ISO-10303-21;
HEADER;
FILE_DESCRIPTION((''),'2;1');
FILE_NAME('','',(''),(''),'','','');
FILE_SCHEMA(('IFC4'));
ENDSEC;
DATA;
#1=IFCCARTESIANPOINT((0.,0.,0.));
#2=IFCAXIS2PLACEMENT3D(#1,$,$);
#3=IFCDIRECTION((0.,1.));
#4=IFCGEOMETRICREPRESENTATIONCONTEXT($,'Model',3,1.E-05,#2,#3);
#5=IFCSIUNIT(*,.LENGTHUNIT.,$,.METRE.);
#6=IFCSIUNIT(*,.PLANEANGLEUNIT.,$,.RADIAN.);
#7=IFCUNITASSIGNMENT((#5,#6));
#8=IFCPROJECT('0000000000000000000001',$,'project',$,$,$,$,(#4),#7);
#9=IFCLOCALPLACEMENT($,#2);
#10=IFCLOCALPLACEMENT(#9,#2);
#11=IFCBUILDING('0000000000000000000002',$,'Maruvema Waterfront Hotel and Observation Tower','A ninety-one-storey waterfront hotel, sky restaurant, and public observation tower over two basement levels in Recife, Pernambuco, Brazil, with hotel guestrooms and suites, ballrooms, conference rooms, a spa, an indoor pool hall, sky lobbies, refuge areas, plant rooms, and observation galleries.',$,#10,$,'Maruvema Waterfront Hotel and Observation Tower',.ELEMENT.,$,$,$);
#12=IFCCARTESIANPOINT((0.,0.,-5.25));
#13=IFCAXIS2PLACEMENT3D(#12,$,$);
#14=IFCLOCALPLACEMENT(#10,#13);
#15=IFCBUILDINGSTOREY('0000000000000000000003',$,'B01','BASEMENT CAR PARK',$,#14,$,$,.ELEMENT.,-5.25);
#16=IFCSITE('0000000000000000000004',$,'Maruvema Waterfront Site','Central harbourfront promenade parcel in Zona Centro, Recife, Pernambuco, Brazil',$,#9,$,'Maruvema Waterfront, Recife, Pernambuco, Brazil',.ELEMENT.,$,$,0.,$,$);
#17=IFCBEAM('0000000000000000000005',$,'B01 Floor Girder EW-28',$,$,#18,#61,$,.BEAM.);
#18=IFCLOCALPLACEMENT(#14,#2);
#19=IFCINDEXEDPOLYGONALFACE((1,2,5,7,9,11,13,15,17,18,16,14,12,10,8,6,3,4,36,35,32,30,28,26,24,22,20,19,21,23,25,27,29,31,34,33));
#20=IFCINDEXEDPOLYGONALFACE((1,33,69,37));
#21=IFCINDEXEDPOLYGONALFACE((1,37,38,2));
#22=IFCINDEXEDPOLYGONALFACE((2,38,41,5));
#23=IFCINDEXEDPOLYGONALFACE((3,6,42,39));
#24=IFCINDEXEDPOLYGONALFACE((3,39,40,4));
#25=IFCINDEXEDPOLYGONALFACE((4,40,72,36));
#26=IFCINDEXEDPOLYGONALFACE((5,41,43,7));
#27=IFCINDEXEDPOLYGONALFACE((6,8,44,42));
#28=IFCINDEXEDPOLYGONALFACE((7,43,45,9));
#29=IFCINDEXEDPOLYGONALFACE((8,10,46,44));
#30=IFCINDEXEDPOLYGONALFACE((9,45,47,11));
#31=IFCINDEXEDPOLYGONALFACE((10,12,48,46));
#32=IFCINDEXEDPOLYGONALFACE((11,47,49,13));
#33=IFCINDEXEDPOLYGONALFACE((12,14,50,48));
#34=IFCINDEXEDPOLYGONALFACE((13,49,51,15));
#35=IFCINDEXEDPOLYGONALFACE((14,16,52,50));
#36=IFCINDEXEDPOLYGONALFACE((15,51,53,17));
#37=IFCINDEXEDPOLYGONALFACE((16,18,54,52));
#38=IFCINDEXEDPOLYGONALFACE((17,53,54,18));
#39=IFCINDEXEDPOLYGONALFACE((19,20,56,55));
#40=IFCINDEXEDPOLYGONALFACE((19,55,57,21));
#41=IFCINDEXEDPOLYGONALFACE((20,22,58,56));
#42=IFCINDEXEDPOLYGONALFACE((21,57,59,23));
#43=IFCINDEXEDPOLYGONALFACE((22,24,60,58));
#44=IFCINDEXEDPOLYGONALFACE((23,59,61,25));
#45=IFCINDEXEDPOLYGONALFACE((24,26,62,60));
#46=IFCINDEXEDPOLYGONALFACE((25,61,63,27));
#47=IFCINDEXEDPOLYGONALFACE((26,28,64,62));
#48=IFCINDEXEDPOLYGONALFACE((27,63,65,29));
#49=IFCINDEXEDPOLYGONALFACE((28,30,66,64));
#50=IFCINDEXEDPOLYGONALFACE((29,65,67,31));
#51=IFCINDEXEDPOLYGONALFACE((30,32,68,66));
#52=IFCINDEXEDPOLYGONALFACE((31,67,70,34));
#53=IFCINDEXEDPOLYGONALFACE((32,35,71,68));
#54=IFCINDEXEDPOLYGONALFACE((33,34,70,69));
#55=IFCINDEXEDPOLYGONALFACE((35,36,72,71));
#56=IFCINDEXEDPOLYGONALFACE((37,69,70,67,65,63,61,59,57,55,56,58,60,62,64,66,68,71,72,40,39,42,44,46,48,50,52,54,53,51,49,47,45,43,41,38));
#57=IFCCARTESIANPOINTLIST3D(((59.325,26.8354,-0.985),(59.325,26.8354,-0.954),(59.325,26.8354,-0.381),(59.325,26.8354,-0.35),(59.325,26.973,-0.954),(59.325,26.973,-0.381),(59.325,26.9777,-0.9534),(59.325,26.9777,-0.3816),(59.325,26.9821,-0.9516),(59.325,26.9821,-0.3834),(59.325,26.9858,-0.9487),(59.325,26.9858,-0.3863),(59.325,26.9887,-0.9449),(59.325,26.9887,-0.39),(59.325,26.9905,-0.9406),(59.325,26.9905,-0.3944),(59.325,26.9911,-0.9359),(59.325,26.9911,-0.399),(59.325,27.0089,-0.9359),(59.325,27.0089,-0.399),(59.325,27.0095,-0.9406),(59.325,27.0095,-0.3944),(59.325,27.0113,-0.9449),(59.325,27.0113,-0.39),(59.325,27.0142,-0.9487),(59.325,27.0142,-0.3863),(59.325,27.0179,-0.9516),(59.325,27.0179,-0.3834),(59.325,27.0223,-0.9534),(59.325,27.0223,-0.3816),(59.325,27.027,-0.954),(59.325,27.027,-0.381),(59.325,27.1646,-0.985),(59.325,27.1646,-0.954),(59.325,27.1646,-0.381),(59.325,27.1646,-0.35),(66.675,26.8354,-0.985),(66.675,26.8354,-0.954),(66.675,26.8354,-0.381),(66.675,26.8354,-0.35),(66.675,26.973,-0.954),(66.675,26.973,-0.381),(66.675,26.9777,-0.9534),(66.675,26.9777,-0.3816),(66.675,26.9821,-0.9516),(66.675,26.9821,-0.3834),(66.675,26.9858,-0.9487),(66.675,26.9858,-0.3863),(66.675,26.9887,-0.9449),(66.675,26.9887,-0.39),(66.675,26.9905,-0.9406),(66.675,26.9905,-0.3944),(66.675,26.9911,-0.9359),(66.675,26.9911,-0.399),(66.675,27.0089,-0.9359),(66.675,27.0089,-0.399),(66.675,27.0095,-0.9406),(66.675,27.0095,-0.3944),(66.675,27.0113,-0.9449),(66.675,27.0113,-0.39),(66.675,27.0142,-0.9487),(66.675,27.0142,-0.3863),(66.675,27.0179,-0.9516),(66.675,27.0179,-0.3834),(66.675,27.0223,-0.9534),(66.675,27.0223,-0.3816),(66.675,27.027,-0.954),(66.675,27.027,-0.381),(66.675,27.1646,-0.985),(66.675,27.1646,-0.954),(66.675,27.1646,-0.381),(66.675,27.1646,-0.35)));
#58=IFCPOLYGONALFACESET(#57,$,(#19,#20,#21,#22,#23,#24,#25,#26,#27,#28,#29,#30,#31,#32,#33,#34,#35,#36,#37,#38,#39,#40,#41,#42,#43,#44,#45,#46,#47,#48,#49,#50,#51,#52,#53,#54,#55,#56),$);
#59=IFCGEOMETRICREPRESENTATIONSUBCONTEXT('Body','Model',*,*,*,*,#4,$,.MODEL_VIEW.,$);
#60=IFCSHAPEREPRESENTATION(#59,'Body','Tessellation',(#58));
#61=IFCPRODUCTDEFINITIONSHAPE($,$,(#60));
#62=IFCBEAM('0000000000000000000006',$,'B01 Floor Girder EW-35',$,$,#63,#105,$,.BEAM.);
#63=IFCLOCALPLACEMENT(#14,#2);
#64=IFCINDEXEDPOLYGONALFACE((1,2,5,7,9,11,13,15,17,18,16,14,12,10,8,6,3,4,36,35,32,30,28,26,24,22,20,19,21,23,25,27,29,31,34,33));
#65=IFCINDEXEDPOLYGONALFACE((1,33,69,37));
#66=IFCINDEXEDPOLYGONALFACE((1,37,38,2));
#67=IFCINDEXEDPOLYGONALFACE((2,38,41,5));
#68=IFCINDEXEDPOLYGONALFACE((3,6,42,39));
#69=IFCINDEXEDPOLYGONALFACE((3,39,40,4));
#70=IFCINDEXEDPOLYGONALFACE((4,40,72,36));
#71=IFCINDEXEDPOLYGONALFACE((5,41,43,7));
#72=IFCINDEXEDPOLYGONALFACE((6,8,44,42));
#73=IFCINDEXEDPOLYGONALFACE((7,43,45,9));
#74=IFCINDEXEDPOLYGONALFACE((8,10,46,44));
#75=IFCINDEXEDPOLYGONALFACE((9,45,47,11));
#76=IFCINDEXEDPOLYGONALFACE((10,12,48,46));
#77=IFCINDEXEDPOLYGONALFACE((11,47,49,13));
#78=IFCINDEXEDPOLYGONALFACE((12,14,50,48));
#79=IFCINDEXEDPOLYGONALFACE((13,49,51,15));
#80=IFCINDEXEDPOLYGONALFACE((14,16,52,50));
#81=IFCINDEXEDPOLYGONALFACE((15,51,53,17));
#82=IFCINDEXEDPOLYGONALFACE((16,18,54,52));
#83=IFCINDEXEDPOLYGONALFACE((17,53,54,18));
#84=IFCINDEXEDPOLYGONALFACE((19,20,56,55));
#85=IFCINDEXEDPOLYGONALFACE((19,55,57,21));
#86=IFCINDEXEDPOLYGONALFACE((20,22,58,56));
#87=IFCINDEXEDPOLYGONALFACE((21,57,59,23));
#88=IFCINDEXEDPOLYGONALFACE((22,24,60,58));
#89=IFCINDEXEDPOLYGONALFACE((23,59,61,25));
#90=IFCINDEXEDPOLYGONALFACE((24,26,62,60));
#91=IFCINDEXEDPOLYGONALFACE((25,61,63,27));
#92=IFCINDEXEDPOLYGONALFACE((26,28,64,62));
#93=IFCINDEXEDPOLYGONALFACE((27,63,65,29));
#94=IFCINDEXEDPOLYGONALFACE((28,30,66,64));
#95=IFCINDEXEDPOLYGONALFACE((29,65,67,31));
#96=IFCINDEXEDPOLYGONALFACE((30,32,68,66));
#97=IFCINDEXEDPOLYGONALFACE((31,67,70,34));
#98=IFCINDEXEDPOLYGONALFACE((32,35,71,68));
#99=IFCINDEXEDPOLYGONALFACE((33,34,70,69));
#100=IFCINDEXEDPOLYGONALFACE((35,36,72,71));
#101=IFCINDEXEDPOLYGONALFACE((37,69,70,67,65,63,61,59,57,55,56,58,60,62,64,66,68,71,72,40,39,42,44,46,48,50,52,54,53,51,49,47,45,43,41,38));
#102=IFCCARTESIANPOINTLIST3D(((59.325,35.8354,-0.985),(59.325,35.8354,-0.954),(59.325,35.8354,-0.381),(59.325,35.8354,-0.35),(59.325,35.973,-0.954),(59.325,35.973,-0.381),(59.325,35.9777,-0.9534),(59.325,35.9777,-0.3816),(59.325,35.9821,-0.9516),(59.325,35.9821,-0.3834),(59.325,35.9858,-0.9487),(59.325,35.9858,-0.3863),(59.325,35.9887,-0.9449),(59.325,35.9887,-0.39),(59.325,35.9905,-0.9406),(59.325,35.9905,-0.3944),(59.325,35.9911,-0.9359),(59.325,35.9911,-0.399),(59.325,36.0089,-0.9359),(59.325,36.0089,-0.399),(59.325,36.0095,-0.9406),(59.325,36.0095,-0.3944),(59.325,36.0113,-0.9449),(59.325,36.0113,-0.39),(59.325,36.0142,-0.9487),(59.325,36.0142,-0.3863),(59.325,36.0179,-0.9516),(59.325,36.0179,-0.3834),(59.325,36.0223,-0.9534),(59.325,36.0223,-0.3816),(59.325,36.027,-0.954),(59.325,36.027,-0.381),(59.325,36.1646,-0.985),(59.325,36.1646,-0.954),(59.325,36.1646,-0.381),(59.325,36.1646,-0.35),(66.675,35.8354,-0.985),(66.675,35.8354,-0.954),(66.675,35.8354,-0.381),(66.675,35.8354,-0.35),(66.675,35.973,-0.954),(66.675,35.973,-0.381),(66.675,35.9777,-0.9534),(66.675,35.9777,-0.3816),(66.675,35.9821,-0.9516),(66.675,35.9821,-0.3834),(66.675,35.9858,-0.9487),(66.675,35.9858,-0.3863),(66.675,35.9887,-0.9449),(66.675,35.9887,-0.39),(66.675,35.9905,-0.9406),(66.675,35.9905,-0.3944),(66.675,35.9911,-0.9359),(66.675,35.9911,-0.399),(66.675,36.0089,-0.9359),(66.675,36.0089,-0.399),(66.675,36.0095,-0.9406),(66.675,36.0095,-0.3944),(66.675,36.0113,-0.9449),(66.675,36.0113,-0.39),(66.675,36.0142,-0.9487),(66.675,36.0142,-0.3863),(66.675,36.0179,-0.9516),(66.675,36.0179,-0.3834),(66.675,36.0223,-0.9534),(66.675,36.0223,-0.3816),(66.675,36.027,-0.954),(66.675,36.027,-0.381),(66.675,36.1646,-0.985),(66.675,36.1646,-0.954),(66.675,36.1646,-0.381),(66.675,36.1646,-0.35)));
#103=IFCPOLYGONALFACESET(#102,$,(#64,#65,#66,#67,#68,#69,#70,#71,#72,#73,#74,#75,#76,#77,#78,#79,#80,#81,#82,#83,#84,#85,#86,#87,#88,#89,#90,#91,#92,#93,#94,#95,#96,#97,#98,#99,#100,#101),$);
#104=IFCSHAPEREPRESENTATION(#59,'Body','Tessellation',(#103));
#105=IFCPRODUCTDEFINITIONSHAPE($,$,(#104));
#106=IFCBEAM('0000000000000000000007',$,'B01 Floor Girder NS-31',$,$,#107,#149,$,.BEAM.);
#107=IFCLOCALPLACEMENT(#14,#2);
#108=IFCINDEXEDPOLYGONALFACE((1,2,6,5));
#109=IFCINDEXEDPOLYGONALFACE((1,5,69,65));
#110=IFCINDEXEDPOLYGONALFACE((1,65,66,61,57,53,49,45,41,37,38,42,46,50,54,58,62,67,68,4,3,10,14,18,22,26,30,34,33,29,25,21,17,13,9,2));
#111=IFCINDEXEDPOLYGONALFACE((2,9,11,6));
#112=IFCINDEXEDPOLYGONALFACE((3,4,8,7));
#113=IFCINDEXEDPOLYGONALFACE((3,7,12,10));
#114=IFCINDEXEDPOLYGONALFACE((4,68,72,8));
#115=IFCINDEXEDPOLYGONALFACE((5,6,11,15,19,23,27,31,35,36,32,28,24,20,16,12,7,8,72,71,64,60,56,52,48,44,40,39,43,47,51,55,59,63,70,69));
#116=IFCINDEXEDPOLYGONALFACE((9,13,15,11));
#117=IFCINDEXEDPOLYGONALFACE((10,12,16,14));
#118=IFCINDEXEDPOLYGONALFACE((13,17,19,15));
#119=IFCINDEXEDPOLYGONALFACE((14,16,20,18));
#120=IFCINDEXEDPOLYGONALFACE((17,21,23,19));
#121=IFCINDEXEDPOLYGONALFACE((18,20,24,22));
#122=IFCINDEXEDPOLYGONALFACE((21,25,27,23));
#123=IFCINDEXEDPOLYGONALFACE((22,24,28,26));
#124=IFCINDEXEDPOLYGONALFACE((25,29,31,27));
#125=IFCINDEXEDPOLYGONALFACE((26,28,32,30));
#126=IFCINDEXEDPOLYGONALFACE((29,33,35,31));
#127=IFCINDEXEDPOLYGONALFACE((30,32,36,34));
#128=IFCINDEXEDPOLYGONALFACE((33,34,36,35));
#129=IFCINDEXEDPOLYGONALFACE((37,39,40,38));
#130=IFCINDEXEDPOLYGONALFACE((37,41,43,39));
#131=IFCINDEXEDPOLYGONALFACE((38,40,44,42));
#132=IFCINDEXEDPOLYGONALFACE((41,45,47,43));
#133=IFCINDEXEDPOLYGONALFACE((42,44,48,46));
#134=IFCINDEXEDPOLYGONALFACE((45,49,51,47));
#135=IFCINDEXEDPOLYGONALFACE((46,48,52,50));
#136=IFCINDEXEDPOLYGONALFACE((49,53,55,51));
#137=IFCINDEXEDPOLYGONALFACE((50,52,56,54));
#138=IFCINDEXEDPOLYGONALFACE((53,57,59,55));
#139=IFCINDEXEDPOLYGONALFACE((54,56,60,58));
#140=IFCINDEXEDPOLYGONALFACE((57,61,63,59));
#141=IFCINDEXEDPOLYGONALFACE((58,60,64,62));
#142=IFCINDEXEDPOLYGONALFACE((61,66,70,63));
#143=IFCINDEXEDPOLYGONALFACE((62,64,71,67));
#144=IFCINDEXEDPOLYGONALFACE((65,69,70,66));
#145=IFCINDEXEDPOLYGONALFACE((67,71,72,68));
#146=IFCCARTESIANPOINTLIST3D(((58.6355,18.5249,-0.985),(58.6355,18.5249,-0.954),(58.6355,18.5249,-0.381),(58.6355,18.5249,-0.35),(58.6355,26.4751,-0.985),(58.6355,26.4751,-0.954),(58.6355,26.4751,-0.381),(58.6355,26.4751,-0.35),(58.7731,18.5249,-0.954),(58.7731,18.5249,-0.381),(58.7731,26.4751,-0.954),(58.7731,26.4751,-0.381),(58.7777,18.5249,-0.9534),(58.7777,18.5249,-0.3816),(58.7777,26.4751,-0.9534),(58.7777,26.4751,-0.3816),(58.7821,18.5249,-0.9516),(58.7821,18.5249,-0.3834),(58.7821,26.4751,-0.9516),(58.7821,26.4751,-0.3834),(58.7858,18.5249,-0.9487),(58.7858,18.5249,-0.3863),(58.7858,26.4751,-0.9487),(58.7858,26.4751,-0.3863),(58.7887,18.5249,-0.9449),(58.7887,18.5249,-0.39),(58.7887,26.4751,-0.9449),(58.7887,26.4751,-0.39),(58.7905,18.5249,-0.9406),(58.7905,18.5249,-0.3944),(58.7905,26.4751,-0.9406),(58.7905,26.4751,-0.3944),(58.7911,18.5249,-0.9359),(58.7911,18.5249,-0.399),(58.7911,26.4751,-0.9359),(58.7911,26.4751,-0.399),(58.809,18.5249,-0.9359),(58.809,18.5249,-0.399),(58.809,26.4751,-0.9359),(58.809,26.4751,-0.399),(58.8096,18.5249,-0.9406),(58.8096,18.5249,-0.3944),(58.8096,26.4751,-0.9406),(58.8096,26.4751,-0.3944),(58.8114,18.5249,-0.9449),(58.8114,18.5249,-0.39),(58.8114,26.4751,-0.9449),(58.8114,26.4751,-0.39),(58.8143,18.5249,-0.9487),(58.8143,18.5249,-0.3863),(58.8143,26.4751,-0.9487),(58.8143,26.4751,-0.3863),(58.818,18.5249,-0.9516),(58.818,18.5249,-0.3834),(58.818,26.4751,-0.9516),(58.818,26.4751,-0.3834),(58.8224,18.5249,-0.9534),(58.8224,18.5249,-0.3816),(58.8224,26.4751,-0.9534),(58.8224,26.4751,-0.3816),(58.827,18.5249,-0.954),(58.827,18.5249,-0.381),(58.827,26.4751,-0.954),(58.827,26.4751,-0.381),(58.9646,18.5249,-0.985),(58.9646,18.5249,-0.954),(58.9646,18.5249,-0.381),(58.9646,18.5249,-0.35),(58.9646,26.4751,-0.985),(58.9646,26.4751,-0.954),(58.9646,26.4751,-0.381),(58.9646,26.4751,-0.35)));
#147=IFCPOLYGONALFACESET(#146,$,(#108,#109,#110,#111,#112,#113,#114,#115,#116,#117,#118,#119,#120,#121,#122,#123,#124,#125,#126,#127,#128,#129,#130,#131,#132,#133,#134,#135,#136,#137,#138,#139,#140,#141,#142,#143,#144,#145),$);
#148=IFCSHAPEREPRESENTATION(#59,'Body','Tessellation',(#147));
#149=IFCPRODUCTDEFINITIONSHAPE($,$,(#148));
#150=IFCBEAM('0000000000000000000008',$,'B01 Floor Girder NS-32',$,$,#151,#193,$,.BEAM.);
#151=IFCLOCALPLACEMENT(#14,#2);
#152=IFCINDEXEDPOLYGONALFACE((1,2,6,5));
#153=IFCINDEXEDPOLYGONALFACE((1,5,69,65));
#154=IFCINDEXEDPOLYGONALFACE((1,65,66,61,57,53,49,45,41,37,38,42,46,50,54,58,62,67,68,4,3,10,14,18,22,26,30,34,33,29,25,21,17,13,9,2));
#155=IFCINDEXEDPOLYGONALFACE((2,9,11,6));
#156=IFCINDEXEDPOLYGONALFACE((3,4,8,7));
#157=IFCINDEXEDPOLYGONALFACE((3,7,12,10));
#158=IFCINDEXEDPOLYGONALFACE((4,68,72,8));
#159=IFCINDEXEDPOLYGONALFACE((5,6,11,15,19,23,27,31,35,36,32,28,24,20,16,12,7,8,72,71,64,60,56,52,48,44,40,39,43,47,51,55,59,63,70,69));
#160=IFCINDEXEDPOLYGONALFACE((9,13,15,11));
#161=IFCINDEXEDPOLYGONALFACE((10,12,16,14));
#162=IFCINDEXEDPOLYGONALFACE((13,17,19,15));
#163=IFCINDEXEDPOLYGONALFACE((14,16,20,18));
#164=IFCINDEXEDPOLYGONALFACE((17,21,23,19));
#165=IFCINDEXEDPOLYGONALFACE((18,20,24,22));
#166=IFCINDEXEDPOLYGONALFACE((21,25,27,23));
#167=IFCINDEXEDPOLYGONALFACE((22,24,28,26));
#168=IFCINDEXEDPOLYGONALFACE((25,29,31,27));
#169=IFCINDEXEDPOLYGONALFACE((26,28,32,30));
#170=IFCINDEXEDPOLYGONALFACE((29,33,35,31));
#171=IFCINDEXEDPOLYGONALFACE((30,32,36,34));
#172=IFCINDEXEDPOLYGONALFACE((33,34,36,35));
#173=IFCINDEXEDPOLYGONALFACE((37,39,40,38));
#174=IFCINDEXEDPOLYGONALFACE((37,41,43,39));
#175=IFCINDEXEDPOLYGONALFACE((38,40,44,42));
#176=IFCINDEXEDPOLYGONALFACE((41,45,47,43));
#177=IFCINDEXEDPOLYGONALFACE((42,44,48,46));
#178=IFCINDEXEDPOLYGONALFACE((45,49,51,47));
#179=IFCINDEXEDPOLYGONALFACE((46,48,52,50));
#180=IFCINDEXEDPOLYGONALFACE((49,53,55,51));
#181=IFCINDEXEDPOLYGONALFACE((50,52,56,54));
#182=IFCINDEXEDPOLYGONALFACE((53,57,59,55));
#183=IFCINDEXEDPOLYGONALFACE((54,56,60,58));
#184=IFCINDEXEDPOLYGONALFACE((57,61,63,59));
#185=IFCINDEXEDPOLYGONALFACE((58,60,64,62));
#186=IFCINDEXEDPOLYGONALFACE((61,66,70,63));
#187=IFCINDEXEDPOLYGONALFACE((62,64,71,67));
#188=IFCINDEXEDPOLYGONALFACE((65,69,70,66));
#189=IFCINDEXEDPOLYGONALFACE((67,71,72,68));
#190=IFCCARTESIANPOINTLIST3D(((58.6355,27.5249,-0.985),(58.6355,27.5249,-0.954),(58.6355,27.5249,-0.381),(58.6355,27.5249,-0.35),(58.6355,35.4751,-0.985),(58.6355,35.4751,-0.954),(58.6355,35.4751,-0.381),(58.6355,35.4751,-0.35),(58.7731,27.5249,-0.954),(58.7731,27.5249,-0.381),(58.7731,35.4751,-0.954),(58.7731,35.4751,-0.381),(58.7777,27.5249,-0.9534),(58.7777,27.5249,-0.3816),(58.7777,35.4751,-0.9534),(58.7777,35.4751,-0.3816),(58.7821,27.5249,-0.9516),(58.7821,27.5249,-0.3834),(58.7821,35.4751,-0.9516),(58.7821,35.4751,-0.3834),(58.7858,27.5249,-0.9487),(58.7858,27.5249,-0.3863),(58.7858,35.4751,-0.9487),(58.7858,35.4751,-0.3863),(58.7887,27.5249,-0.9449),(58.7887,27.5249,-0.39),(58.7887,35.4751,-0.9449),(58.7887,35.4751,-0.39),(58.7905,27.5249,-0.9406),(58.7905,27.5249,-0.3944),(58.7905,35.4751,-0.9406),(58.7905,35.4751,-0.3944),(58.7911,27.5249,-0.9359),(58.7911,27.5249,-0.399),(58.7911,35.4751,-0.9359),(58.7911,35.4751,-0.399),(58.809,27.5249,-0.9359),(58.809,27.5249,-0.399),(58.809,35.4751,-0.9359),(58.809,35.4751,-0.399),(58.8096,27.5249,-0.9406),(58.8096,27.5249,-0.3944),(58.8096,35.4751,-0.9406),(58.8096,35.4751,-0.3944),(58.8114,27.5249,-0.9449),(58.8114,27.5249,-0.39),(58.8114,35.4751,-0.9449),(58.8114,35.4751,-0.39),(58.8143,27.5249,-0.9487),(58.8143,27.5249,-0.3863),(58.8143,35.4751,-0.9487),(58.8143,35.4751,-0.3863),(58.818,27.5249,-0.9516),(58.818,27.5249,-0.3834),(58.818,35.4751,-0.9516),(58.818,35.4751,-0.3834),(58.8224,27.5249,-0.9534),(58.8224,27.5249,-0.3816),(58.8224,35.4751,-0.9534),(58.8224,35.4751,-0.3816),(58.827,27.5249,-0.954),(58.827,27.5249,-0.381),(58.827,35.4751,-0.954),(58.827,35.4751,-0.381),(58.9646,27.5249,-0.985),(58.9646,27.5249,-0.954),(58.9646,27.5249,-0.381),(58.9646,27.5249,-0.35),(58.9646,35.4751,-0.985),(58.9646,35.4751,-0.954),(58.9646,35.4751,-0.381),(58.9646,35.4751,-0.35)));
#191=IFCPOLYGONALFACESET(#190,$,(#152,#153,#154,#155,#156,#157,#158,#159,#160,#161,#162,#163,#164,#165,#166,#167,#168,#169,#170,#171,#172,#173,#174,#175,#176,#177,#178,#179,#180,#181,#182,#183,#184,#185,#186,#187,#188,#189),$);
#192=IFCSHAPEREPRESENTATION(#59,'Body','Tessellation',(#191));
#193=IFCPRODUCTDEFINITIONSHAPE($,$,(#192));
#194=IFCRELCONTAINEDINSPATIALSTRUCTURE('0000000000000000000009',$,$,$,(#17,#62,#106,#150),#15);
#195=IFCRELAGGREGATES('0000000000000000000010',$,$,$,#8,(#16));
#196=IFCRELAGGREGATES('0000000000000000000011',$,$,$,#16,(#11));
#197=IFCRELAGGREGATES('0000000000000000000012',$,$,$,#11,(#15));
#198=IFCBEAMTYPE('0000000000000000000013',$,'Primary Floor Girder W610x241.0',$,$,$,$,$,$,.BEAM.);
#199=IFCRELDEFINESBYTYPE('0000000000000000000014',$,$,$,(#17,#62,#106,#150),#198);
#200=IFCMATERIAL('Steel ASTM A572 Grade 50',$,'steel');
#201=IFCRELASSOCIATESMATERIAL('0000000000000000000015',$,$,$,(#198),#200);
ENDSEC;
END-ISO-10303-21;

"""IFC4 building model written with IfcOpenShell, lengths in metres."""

from ifc_helpers import new_model, si_unit, direction, frame, origin, origin_2d, place, context, subcontext, project, spatial, i_section, extrude, material, material_profile, profile_set, type_object, element, save


model = new_model("IFC4")

# Units and contexts
model_context = context("Model", 3, precision=1e-05, world=origin(), true_north=direction((0.0, 1.0)))
body_context = subcontext(model_context, "Body", "Model", "MODEL_VIEW")
ifc_project = project(units=[si_unit("LENGTHUNIT", "METRE"), si_unit("PLANEANGLEUNIT", "RADIAN")], contexts=[model_context])

# Site, building, storey
site_placement = place(None, origin())
site = spatial("IfcSite", under=ifc_project, at=site_placement, Name="Maruvema Waterfront Site", Description="Central harbourfront promenade parcel in Zona Centro, Recife, Pernambuco, Brazil", LongName="Maruvema Waterfront, Recife, Pernambuco, Brazil", CompositionType="ELEMENT", RefElevation=0.0)
building_placement = place(site_placement, origin())
building = spatial("IfcBuilding", under=site, at=building_placement, Name="Maruvema Waterfront Hotel and Observation Tower", Description="A ninety-one-storey waterfront hotel, sky restaurant, and public observation tower over two basement levels in Recife, Pernambuco, Brazil, with hotel guestrooms and suites, ballrooms, conference rooms, a spa, an indoor pool hall, sky lobbies, refuge areas, plant rooms, and observation galleries.", LongName="Maruvema Waterfront Hotel and Observation Tower", CompositionType="ELEMENT")
storey_placement = place(building_placement, frame((0.0, 0.0, -5.25)))
storey = spatial("IfcBuildingStorey", under=building, at=storey_placement, Name="B01", Description="BASEMENT CAR PARK", CompositionType="ELEMENT", Elevation=-5.25)

# Beams
ifc_material_1 = material(Name="Steel ASTM A572 Grade 50", Category="steel")
ifc_material_profile_1 = material_profile(ifc_material_1, i_section(OverallWidth=0.3291, OverallDepth=0.635, WebThickness=0.0178, FlangeThickness=0.031, FilletRadius=0.0181, at=origin_2d()), Name="W610x241.0")
ifc_profile_set_1 = profile_set([ifc_material_profile_1], Name="Steel ASTM A572 Grade 50")
beam_type_1 = type_object("IfcBeamType", Name="Primary Floor Girder W610x241.0", PredefinedType="BEAM", material=ifc_profile_set_1)
for number, where, z_axis, x_axis, name in (
    (1, (59.325, 27.0, -0.6675), (1.0, 0.0, 0.0), (0.0, 1.0, 0.0), "B01 Floor Girder EW-28"),
    (2, (59.325, 36.0, -0.6675), (1.0, 0.0, 0.0), (0.0, 1.0, 0.0), "B01 Floor Girder EW-35"),
):
    element("IfcBeam", number, at=place(storey_placement, frame(where, z_axis=z_axis, x_axis=x_axis)), inside=storey, type_object=beam_type_1, Name=name, PredefinedType="BEAM", context=body_context, shape_type="SweptSolid", body=[
        extrude(i_section(OverallWidth=0.3291, OverallDepth=0.635, WebThickness=0.0178, FlangeThickness=0.031, FilletRadius=0.0181, at=origin_2d()), origin(), (0.0, 0.0, 1.0), 7.3501),
    ])
for number, where, z_axis, x_axis, name in (
    (3, (58.8, 18.5249, -0.6675), (0.0, 1.0, 0.0), (-1.0, 0.0, 0.0), "B01 Floor Girder NS-31"),
    (4, (58.8, 27.5249, -0.6675), (0.0, 1.0, 0.0), (-1.0, 0.0, 0.0), "B01 Floor Girder NS-32"),
):
    element("IfcBeam", number, at=place(storey_placement, frame(where, z_axis=z_axis, x_axis=x_axis)), inside=storey, type_object=beam_type_1, Name=name, PredefinedType="BEAM", context=body_context, shape_type="SweptSolid", body=[
        extrude(i_section(OverallWidth=0.3291, OverallDepth=0.635, WebThickness=0.0178, FlangeThickness=0.031, FilletRadius=0.0181, at=origin_2d()), origin(), (0.0, 0.0, 1.0), 7.9502),
    ])

save(model, "model.ifc")
